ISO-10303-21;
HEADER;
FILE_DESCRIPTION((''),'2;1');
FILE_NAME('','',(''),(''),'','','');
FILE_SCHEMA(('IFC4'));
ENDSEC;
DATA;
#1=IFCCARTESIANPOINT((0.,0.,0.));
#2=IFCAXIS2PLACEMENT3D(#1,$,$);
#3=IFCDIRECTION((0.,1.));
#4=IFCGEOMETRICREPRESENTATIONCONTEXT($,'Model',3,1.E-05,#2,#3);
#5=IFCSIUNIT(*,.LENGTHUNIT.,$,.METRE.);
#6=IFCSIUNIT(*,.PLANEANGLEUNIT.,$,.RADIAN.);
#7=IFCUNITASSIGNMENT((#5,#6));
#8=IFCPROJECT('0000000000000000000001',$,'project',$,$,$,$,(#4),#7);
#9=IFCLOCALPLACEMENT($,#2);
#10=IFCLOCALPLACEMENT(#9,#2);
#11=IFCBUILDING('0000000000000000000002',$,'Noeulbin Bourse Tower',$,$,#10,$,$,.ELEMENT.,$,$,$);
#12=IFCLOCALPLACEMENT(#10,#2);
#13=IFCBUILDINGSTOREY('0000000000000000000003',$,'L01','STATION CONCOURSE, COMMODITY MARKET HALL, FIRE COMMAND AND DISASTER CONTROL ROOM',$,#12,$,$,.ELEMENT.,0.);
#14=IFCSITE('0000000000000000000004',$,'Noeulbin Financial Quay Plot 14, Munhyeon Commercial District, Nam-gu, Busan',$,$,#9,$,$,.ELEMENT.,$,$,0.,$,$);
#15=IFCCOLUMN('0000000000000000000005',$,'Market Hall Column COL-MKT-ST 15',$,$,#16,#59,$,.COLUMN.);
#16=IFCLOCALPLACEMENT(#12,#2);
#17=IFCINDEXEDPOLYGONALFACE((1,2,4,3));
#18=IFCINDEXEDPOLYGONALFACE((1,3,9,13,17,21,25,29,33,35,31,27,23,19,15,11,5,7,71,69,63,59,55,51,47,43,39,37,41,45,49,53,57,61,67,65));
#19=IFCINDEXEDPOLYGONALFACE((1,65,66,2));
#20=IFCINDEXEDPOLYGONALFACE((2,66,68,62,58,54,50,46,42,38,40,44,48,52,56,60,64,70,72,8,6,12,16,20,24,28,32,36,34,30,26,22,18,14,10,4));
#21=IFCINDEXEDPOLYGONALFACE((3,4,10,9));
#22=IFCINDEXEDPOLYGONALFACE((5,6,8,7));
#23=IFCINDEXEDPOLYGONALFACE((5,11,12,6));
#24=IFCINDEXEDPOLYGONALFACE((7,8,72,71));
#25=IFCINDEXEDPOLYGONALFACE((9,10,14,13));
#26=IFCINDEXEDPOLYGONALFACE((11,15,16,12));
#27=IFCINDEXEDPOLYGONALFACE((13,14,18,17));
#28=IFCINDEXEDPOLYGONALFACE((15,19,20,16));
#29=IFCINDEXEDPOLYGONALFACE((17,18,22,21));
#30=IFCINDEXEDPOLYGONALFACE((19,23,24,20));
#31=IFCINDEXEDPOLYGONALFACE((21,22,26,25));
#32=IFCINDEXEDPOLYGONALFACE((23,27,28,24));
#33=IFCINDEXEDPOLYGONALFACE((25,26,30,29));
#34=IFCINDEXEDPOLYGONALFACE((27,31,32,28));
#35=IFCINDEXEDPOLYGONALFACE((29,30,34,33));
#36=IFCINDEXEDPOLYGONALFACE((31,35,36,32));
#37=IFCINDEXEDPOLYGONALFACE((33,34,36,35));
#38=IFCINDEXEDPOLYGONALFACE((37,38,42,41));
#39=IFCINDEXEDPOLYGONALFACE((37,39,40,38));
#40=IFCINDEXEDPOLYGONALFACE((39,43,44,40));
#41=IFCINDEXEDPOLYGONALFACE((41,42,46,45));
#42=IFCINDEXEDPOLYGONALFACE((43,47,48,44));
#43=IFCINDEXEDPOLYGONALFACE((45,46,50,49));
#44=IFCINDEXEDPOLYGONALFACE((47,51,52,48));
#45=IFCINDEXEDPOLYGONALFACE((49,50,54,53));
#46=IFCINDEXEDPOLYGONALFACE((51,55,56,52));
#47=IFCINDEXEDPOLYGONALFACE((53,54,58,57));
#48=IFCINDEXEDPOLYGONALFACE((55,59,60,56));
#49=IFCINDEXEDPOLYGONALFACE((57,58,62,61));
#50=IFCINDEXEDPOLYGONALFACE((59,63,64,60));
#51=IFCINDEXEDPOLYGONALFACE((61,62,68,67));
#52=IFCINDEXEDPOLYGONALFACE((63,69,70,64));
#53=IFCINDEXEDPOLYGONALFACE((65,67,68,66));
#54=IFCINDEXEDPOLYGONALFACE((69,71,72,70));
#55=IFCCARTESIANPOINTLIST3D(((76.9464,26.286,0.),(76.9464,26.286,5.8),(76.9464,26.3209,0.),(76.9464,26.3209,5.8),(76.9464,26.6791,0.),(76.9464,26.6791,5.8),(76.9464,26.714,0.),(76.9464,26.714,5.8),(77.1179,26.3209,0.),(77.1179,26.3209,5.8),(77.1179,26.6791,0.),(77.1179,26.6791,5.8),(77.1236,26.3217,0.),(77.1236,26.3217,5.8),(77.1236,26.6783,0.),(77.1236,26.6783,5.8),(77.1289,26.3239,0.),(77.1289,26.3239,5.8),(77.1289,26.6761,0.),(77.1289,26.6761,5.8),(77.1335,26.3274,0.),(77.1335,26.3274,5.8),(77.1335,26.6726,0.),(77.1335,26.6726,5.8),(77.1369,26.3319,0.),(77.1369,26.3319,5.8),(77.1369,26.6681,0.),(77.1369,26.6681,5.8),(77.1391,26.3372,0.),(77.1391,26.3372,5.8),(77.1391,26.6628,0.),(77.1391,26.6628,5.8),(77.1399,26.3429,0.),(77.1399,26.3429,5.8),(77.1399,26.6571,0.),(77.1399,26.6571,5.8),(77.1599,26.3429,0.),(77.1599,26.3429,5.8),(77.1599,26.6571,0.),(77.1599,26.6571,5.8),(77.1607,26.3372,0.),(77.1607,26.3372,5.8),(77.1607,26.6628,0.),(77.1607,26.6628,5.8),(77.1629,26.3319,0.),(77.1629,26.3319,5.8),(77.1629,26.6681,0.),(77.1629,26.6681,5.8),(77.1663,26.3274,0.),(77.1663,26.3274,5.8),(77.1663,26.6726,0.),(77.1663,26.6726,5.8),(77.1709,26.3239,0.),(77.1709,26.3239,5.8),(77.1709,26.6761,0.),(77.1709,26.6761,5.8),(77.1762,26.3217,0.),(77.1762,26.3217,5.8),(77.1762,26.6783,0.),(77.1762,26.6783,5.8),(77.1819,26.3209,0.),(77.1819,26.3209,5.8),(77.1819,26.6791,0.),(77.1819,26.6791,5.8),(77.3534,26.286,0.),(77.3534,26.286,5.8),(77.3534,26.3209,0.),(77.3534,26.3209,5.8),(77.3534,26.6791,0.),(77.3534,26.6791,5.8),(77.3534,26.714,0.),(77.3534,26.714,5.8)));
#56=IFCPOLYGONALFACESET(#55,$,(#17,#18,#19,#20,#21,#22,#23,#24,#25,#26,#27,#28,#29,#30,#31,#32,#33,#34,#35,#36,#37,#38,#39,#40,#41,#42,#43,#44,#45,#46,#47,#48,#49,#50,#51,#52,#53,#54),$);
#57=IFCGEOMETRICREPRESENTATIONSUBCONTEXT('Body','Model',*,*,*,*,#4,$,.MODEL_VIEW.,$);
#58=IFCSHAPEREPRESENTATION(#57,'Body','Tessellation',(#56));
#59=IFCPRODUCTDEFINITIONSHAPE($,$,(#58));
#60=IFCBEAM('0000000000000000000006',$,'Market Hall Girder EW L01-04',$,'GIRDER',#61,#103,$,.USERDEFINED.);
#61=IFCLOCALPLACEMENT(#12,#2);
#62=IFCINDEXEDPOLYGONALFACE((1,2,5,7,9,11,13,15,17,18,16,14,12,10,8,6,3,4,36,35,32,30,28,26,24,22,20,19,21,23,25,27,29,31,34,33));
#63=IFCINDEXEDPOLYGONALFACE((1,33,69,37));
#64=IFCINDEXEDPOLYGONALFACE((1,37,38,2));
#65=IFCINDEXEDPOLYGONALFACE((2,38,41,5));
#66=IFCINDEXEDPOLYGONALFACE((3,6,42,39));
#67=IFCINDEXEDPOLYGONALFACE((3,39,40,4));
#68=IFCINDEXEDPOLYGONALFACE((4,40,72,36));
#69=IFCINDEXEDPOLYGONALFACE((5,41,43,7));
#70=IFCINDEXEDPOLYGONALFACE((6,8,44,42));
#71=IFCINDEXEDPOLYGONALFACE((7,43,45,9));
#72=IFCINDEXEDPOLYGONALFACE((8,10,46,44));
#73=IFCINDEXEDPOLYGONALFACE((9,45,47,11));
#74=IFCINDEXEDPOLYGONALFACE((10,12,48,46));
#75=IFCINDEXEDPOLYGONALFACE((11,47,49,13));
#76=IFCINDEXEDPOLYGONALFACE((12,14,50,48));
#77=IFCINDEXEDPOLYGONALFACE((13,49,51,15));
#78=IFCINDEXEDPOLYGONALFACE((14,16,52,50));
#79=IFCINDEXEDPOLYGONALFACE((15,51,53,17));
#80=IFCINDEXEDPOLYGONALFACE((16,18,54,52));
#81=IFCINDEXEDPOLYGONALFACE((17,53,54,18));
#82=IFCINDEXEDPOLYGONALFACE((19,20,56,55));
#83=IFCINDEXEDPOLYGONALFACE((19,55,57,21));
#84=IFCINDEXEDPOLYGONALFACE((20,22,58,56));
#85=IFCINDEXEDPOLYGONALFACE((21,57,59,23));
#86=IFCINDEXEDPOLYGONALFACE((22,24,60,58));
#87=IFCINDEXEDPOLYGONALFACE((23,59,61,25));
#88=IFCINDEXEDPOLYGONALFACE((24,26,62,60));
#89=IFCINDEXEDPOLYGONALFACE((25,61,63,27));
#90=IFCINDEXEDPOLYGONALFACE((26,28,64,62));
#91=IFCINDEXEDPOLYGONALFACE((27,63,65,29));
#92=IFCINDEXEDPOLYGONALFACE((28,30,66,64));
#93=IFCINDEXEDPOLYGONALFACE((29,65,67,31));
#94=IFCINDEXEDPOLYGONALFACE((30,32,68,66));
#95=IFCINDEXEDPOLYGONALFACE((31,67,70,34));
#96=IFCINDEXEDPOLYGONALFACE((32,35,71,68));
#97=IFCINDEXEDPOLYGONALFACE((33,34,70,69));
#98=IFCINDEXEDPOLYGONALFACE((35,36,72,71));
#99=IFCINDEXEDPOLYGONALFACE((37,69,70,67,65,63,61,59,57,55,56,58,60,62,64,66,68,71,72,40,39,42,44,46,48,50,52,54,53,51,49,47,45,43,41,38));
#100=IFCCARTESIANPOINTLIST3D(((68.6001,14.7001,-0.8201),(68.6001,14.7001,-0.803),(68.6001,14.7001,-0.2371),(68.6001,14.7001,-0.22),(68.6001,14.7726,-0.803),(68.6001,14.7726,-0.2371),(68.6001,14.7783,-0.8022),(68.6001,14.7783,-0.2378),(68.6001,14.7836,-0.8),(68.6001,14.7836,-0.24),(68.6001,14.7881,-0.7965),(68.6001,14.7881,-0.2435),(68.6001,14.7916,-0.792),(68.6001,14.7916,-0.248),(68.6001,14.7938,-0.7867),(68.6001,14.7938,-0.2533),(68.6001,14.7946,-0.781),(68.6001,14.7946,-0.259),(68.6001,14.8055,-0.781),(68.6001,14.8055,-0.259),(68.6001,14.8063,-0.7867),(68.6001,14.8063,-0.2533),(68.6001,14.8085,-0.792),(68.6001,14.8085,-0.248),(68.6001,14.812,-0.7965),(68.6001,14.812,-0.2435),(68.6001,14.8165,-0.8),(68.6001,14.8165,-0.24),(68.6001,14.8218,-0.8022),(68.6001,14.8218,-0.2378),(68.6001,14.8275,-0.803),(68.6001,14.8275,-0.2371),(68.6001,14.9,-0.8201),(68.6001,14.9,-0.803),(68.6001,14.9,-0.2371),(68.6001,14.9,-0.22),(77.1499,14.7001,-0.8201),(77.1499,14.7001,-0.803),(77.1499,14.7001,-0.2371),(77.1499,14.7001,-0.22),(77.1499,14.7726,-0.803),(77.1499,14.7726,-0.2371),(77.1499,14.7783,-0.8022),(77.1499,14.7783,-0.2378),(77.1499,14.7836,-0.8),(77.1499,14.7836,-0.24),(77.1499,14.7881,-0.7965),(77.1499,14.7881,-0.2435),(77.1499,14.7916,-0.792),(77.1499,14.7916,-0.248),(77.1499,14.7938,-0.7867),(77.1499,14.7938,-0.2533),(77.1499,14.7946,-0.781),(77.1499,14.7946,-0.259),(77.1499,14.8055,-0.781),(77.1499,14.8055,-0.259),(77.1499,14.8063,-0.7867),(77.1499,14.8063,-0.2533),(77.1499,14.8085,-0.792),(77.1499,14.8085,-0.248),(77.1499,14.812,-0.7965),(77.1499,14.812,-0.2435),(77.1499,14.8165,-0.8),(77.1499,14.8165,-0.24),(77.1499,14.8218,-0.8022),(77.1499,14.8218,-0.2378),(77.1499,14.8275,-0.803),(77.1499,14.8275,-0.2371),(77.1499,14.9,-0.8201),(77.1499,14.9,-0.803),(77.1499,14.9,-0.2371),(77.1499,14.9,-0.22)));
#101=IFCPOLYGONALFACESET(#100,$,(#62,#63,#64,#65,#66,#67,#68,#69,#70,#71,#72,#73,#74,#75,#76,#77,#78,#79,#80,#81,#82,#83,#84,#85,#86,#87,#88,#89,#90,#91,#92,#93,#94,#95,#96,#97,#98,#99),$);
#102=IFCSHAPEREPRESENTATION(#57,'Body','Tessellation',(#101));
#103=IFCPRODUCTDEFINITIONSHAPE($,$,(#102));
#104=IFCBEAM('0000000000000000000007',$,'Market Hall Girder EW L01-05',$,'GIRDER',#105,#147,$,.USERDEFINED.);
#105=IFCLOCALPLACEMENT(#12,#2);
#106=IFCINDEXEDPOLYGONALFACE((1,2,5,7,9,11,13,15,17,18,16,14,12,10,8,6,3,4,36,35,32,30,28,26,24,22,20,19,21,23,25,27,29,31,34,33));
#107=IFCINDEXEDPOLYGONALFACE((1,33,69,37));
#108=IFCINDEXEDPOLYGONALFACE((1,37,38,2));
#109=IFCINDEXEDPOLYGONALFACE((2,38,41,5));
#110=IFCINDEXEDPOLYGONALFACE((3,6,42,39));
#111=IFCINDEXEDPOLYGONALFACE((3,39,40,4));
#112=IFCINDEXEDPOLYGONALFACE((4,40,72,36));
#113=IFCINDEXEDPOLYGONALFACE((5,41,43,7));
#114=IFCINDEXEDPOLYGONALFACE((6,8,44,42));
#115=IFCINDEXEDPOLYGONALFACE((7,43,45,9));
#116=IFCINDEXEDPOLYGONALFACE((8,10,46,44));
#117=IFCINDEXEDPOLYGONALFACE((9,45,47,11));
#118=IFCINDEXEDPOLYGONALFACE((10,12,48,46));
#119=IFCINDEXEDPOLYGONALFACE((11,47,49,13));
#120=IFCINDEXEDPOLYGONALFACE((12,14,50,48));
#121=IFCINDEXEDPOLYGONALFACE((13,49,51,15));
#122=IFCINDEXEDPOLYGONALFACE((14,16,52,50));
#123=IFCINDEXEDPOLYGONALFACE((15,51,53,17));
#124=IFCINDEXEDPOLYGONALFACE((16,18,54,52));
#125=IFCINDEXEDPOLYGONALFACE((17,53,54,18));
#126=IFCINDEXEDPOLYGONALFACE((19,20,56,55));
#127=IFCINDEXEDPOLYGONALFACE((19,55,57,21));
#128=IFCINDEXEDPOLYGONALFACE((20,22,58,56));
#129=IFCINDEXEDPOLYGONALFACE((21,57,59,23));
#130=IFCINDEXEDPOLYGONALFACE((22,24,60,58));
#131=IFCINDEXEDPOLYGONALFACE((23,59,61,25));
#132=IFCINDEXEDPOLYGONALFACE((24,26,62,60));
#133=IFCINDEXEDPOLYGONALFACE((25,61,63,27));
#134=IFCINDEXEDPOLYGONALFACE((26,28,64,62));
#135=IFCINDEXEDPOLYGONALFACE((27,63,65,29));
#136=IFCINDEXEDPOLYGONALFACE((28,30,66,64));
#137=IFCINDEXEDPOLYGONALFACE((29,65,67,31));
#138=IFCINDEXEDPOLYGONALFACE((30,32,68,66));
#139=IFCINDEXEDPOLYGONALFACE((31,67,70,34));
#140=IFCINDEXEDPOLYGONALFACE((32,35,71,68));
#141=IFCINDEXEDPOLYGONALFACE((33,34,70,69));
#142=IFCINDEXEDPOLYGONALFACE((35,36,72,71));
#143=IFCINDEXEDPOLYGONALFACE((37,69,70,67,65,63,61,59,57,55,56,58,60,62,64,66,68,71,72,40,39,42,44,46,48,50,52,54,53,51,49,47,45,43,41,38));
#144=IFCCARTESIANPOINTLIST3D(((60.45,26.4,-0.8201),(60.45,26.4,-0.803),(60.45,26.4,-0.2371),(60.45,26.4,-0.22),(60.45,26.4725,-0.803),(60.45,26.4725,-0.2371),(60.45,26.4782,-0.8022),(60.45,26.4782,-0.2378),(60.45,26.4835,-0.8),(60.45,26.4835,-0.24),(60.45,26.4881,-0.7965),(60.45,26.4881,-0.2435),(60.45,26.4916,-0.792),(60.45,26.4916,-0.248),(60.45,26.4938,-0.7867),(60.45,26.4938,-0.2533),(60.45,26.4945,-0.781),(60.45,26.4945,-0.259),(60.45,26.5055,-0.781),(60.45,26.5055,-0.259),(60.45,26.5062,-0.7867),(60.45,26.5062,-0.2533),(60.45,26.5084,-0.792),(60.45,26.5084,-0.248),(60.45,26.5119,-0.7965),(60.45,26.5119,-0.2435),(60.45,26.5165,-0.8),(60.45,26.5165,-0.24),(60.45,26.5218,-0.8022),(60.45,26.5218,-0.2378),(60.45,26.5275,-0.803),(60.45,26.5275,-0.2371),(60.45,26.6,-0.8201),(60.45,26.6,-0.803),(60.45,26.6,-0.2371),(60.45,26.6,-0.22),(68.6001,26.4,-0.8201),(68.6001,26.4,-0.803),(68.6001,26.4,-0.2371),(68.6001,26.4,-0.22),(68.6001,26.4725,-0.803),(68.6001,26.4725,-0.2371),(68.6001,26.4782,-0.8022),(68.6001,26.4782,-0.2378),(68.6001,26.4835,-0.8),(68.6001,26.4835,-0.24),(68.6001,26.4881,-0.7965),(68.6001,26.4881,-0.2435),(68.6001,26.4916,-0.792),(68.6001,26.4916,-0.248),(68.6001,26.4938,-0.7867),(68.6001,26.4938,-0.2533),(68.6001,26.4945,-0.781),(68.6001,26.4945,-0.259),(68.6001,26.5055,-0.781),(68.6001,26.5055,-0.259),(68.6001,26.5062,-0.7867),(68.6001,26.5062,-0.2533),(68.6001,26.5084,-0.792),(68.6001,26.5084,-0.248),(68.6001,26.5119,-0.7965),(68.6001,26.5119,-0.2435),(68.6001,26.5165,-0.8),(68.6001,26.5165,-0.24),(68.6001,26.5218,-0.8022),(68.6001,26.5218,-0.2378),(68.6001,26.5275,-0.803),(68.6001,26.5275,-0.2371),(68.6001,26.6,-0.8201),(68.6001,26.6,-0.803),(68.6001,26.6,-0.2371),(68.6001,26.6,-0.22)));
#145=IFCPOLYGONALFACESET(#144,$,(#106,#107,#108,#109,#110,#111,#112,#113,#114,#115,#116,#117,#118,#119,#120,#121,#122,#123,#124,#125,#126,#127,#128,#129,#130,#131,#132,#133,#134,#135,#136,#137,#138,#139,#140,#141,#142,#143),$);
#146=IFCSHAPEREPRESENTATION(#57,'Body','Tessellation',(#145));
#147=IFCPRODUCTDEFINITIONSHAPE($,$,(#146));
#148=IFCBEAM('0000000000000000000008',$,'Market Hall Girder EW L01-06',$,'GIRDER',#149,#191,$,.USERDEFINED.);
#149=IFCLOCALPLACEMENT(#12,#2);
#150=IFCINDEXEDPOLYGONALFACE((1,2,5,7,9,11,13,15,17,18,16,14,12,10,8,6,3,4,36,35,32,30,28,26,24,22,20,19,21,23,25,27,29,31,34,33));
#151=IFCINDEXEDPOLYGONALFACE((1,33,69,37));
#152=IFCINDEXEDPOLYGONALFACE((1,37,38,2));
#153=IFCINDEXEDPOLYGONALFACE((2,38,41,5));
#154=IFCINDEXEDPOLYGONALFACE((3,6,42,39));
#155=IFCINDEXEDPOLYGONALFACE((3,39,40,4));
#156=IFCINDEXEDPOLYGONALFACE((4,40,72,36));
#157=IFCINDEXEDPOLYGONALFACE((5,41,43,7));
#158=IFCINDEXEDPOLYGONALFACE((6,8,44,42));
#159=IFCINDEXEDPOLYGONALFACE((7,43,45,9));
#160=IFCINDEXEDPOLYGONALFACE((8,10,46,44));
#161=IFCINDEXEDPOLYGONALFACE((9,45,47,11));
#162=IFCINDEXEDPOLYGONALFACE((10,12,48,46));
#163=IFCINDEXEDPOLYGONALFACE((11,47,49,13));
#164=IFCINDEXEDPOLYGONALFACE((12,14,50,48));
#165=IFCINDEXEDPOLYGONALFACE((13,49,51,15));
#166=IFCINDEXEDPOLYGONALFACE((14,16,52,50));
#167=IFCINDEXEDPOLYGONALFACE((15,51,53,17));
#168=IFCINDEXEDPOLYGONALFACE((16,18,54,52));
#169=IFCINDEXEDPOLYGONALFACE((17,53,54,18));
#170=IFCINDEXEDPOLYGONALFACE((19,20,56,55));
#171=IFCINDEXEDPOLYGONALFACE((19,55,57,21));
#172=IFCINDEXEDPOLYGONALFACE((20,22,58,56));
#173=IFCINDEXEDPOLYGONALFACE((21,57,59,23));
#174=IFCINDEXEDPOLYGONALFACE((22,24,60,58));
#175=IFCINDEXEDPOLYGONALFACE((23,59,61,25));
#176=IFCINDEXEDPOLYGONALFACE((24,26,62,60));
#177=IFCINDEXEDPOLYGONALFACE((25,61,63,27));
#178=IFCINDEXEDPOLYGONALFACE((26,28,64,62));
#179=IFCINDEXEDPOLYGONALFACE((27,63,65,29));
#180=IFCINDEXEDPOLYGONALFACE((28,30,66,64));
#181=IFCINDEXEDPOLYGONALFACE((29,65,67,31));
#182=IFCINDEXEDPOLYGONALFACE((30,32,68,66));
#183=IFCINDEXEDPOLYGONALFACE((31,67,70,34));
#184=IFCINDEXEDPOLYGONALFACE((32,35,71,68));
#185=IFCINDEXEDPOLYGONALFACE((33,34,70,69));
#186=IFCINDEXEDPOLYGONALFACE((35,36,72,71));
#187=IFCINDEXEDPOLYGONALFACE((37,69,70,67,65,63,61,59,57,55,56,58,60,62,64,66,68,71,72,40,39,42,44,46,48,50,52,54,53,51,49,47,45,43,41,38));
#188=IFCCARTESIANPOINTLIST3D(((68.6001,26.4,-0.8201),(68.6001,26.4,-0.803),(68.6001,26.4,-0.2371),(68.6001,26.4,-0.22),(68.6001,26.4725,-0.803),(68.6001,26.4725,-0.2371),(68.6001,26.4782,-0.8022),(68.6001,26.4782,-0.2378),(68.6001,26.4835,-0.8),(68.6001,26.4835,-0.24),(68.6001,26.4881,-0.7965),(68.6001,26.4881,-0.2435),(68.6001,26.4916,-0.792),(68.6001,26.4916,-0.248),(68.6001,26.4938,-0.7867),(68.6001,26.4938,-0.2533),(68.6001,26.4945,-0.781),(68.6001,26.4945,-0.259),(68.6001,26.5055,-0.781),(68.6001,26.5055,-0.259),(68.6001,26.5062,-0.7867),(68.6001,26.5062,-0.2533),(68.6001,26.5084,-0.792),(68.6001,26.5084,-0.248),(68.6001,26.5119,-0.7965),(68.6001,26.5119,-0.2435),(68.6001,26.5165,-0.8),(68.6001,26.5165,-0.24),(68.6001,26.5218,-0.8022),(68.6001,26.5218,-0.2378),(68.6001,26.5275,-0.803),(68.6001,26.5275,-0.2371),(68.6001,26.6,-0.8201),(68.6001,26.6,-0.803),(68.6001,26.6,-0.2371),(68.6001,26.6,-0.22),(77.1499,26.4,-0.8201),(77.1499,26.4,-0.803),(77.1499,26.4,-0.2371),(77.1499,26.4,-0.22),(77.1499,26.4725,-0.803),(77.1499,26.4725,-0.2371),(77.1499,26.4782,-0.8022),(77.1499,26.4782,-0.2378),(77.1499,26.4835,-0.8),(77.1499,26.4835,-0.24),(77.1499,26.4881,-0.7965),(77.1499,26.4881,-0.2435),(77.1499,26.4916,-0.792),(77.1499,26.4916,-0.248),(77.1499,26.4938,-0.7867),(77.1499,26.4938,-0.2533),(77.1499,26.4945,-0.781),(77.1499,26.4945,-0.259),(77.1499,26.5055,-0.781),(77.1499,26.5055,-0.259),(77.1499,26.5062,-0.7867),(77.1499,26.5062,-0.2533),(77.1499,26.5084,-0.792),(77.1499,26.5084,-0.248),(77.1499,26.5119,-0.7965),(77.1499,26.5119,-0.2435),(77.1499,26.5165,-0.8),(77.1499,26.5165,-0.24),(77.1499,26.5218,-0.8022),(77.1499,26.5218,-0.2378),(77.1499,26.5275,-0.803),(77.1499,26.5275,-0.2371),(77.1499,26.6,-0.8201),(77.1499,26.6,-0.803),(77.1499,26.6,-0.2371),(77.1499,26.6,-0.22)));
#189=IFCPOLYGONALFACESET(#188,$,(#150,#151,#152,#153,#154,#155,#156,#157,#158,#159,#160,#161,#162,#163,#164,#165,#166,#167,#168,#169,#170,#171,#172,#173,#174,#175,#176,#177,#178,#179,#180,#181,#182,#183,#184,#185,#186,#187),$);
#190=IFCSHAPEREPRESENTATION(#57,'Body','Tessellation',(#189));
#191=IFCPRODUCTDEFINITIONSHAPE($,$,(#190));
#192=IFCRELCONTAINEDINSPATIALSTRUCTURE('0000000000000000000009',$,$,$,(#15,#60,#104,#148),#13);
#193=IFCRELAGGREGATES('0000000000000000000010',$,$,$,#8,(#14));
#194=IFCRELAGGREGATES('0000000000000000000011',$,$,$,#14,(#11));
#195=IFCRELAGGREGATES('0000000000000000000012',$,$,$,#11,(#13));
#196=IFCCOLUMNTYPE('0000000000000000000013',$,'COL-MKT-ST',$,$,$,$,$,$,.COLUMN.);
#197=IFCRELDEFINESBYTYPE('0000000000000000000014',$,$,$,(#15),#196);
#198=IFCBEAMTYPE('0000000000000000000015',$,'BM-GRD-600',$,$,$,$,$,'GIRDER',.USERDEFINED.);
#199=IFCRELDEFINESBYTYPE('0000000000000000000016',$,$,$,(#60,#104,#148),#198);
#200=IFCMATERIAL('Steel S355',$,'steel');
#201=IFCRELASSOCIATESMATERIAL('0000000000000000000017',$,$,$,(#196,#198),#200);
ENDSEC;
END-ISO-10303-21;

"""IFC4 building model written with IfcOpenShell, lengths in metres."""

from ifc_helpers import new_model, si_unit, direction, frame, origin, origin_2d, place, context, subcontext, project, spatial, i_section, extrude, material, material_profile, profile_set, type_object, element, save


model = new_model("IFC4")

# Units and contexts
model_context = context("Model", 3, precision=1e-05, world=origin(), true_north=direction((0.0, 1.0)))
body_context = subcontext(model_context, "Body", "Model", "MODEL_VIEW")
ifc_project = project(units=[si_unit("LENGTHUNIT", "METRE"), si_unit("PLANEANGLEUNIT", "RADIAN")], contexts=[model_context])

# Site, building, storey
site_placement = place(None, origin())
site = spatial("IfcSite", under=ifc_project, at=site_placement, Name="Noeulbin Financial Quay Plot 14, Munhyeon Commercial District, Nam-gu, Busan", CompositionType="ELEMENT", RefElevation=0.0)
building_placement = place(site_placement, origin())
building = spatial("IfcBuilding", under=site, at=building_placement, Name="Noeulbin Bourse Tower", CompositionType="ELEMENT")
storey_placement = place(building_placement, origin())
storey = spatial("IfcBuildingStorey", under=building, at=storey_placement, Name="L01", Description="STATION CONCOURSE, COMMODITY MARKET HALL, FIRE COMMAND AND DISASTER CONTROL ROOM", CompositionType="ELEMENT", Elevation=0.0)

# Column
ifc_material_1 = material(Name="Steel S355", Category="steel")
ifc_material_profile_1 = material_profile(ifc_material_1, i_section(OverallWidth=0.407, OverallDepth=0.428, WebThickness=0.02, FlangeThickness=0.0349, FilletRadius=0.022, at=origin_2d()), Name="H-428x407x20x35", Category="LoadBearing")
ifc_profile_set_1 = profile_set([ifc_material_profile_1], Name="Steel S355")
column_type = type_object("IfcColumnType", Name="COL-MKT-ST", PredefinedType="COLUMN", material=ifc_profile_set_1)
for number, where, z_axis, x_axis, name in (
    (1, (77.1499, 26.5, 0.0), (0.0, 0.0, 1.0), (1.0, 0.0, 0.0), "Market Hall Column COL-MKT-ST 15"),
):
    element("IfcColumn", number, at=place(storey_placement, frame(where, z_axis=z_axis, x_axis=x_axis)), inside=storey, type_object=column_type, Name=name, PredefinedType="COLUMN", context=body_context, shape_type="SweptSolid", body=[
        extrude(i_section(OverallWidth=0.407, OverallDepth=0.428, WebThickness=0.02, FlangeThickness=0.0349, FilletRadius=0.022, at=origin_2d()), origin(), (0.0, 0.0, 1.0), 5.8),
    ])

# Beams
ifc_material_profile_2 = material_profile(ifc_material_1, i_section(OverallWidth=0.2, OverallDepth=0.6001, WebThickness=0.011, FlangeThickness=0.0171, FilletRadius=0.022, at=origin_2d()), Name="H-600x200x11x17", Category="LoadBearing")
ifc_profile_set_2 = profile_set([ifc_material_profile_2], Name="Steel S355")
beam_type_1 = type_object("IfcBeamType", Name="BM-GRD-600", ElementType="GIRDER", PredefinedType="USERDEFINED", material=ifc_profile_set_2)
beam_1_placement = place(storey_placement, frame((68.6001, 14.8, -0.52), z_axis=(1.0, 0.0, 0.0), x_axis=(0.0, 1.0, 0.0)))
element("IfcBeam", 2, at=beam_1_placement, inside=storey, type_object=beam_type_1, Name="Market Hall Girder EW L01-04", ObjectType="GIRDER", PredefinedType="USERDEFINED", context=body_context, shape_type="SweptSolid", body=[
    extrude(i_section(OverallWidth=0.2, OverallDepth=0.6001, WebThickness=0.011, FlangeThickness=0.0171, FilletRadius=0.022, at=origin_2d()), origin(), (0.0, 0.0, 1.0), 8.5498),
])
beam_2_placement = place(storey_placement, frame((60.45, 26.5, -0.52), z_axis=(1.0, 0.0, 0.0), x_axis=(0.0, 1.0, 0.0)))
element("IfcBeam", 3, at=beam_2_placement, inside=storey, type_object=beam_type_1, Name="Market Hall Girder EW L01-05", ObjectType="GIRDER", PredefinedType="USERDEFINED", context=body_context, shape_type="SweptSolid", body=[
    extrude(i_section(OverallWidth=0.2, OverallDepth=0.6001, WebThickness=0.011, FlangeThickness=0.0171, FilletRadius=0.022, at=origin_2d()), origin(), (0.0, 0.0, 1.0), 8.1501),
])
beam_3_placement = place(storey_placement, frame((68.6001, 26.5, -0.52), z_axis=(1.0, 0.0, 0.0), x_axis=(0.0, 1.0, 0.0)))
element("IfcBeam", 4, at=beam_3_placement, inside=storey, type_object=beam_type_1, Name="Market Hall Girder EW L01-06", ObjectType="GIRDER", PredefinedType="USERDEFINED", context=body_context, shape_type="SweptSolid", body=[
    extrude(i_section(OverallWidth=0.2, OverallDepth=0.6001, WebThickness=0.011, FlangeThickness=0.0171, FilletRadius=0.022, at=origin_2d()), origin(), (0.0, 0.0, 1.0), 8.5498),
])

save(model, "model.ifc")
